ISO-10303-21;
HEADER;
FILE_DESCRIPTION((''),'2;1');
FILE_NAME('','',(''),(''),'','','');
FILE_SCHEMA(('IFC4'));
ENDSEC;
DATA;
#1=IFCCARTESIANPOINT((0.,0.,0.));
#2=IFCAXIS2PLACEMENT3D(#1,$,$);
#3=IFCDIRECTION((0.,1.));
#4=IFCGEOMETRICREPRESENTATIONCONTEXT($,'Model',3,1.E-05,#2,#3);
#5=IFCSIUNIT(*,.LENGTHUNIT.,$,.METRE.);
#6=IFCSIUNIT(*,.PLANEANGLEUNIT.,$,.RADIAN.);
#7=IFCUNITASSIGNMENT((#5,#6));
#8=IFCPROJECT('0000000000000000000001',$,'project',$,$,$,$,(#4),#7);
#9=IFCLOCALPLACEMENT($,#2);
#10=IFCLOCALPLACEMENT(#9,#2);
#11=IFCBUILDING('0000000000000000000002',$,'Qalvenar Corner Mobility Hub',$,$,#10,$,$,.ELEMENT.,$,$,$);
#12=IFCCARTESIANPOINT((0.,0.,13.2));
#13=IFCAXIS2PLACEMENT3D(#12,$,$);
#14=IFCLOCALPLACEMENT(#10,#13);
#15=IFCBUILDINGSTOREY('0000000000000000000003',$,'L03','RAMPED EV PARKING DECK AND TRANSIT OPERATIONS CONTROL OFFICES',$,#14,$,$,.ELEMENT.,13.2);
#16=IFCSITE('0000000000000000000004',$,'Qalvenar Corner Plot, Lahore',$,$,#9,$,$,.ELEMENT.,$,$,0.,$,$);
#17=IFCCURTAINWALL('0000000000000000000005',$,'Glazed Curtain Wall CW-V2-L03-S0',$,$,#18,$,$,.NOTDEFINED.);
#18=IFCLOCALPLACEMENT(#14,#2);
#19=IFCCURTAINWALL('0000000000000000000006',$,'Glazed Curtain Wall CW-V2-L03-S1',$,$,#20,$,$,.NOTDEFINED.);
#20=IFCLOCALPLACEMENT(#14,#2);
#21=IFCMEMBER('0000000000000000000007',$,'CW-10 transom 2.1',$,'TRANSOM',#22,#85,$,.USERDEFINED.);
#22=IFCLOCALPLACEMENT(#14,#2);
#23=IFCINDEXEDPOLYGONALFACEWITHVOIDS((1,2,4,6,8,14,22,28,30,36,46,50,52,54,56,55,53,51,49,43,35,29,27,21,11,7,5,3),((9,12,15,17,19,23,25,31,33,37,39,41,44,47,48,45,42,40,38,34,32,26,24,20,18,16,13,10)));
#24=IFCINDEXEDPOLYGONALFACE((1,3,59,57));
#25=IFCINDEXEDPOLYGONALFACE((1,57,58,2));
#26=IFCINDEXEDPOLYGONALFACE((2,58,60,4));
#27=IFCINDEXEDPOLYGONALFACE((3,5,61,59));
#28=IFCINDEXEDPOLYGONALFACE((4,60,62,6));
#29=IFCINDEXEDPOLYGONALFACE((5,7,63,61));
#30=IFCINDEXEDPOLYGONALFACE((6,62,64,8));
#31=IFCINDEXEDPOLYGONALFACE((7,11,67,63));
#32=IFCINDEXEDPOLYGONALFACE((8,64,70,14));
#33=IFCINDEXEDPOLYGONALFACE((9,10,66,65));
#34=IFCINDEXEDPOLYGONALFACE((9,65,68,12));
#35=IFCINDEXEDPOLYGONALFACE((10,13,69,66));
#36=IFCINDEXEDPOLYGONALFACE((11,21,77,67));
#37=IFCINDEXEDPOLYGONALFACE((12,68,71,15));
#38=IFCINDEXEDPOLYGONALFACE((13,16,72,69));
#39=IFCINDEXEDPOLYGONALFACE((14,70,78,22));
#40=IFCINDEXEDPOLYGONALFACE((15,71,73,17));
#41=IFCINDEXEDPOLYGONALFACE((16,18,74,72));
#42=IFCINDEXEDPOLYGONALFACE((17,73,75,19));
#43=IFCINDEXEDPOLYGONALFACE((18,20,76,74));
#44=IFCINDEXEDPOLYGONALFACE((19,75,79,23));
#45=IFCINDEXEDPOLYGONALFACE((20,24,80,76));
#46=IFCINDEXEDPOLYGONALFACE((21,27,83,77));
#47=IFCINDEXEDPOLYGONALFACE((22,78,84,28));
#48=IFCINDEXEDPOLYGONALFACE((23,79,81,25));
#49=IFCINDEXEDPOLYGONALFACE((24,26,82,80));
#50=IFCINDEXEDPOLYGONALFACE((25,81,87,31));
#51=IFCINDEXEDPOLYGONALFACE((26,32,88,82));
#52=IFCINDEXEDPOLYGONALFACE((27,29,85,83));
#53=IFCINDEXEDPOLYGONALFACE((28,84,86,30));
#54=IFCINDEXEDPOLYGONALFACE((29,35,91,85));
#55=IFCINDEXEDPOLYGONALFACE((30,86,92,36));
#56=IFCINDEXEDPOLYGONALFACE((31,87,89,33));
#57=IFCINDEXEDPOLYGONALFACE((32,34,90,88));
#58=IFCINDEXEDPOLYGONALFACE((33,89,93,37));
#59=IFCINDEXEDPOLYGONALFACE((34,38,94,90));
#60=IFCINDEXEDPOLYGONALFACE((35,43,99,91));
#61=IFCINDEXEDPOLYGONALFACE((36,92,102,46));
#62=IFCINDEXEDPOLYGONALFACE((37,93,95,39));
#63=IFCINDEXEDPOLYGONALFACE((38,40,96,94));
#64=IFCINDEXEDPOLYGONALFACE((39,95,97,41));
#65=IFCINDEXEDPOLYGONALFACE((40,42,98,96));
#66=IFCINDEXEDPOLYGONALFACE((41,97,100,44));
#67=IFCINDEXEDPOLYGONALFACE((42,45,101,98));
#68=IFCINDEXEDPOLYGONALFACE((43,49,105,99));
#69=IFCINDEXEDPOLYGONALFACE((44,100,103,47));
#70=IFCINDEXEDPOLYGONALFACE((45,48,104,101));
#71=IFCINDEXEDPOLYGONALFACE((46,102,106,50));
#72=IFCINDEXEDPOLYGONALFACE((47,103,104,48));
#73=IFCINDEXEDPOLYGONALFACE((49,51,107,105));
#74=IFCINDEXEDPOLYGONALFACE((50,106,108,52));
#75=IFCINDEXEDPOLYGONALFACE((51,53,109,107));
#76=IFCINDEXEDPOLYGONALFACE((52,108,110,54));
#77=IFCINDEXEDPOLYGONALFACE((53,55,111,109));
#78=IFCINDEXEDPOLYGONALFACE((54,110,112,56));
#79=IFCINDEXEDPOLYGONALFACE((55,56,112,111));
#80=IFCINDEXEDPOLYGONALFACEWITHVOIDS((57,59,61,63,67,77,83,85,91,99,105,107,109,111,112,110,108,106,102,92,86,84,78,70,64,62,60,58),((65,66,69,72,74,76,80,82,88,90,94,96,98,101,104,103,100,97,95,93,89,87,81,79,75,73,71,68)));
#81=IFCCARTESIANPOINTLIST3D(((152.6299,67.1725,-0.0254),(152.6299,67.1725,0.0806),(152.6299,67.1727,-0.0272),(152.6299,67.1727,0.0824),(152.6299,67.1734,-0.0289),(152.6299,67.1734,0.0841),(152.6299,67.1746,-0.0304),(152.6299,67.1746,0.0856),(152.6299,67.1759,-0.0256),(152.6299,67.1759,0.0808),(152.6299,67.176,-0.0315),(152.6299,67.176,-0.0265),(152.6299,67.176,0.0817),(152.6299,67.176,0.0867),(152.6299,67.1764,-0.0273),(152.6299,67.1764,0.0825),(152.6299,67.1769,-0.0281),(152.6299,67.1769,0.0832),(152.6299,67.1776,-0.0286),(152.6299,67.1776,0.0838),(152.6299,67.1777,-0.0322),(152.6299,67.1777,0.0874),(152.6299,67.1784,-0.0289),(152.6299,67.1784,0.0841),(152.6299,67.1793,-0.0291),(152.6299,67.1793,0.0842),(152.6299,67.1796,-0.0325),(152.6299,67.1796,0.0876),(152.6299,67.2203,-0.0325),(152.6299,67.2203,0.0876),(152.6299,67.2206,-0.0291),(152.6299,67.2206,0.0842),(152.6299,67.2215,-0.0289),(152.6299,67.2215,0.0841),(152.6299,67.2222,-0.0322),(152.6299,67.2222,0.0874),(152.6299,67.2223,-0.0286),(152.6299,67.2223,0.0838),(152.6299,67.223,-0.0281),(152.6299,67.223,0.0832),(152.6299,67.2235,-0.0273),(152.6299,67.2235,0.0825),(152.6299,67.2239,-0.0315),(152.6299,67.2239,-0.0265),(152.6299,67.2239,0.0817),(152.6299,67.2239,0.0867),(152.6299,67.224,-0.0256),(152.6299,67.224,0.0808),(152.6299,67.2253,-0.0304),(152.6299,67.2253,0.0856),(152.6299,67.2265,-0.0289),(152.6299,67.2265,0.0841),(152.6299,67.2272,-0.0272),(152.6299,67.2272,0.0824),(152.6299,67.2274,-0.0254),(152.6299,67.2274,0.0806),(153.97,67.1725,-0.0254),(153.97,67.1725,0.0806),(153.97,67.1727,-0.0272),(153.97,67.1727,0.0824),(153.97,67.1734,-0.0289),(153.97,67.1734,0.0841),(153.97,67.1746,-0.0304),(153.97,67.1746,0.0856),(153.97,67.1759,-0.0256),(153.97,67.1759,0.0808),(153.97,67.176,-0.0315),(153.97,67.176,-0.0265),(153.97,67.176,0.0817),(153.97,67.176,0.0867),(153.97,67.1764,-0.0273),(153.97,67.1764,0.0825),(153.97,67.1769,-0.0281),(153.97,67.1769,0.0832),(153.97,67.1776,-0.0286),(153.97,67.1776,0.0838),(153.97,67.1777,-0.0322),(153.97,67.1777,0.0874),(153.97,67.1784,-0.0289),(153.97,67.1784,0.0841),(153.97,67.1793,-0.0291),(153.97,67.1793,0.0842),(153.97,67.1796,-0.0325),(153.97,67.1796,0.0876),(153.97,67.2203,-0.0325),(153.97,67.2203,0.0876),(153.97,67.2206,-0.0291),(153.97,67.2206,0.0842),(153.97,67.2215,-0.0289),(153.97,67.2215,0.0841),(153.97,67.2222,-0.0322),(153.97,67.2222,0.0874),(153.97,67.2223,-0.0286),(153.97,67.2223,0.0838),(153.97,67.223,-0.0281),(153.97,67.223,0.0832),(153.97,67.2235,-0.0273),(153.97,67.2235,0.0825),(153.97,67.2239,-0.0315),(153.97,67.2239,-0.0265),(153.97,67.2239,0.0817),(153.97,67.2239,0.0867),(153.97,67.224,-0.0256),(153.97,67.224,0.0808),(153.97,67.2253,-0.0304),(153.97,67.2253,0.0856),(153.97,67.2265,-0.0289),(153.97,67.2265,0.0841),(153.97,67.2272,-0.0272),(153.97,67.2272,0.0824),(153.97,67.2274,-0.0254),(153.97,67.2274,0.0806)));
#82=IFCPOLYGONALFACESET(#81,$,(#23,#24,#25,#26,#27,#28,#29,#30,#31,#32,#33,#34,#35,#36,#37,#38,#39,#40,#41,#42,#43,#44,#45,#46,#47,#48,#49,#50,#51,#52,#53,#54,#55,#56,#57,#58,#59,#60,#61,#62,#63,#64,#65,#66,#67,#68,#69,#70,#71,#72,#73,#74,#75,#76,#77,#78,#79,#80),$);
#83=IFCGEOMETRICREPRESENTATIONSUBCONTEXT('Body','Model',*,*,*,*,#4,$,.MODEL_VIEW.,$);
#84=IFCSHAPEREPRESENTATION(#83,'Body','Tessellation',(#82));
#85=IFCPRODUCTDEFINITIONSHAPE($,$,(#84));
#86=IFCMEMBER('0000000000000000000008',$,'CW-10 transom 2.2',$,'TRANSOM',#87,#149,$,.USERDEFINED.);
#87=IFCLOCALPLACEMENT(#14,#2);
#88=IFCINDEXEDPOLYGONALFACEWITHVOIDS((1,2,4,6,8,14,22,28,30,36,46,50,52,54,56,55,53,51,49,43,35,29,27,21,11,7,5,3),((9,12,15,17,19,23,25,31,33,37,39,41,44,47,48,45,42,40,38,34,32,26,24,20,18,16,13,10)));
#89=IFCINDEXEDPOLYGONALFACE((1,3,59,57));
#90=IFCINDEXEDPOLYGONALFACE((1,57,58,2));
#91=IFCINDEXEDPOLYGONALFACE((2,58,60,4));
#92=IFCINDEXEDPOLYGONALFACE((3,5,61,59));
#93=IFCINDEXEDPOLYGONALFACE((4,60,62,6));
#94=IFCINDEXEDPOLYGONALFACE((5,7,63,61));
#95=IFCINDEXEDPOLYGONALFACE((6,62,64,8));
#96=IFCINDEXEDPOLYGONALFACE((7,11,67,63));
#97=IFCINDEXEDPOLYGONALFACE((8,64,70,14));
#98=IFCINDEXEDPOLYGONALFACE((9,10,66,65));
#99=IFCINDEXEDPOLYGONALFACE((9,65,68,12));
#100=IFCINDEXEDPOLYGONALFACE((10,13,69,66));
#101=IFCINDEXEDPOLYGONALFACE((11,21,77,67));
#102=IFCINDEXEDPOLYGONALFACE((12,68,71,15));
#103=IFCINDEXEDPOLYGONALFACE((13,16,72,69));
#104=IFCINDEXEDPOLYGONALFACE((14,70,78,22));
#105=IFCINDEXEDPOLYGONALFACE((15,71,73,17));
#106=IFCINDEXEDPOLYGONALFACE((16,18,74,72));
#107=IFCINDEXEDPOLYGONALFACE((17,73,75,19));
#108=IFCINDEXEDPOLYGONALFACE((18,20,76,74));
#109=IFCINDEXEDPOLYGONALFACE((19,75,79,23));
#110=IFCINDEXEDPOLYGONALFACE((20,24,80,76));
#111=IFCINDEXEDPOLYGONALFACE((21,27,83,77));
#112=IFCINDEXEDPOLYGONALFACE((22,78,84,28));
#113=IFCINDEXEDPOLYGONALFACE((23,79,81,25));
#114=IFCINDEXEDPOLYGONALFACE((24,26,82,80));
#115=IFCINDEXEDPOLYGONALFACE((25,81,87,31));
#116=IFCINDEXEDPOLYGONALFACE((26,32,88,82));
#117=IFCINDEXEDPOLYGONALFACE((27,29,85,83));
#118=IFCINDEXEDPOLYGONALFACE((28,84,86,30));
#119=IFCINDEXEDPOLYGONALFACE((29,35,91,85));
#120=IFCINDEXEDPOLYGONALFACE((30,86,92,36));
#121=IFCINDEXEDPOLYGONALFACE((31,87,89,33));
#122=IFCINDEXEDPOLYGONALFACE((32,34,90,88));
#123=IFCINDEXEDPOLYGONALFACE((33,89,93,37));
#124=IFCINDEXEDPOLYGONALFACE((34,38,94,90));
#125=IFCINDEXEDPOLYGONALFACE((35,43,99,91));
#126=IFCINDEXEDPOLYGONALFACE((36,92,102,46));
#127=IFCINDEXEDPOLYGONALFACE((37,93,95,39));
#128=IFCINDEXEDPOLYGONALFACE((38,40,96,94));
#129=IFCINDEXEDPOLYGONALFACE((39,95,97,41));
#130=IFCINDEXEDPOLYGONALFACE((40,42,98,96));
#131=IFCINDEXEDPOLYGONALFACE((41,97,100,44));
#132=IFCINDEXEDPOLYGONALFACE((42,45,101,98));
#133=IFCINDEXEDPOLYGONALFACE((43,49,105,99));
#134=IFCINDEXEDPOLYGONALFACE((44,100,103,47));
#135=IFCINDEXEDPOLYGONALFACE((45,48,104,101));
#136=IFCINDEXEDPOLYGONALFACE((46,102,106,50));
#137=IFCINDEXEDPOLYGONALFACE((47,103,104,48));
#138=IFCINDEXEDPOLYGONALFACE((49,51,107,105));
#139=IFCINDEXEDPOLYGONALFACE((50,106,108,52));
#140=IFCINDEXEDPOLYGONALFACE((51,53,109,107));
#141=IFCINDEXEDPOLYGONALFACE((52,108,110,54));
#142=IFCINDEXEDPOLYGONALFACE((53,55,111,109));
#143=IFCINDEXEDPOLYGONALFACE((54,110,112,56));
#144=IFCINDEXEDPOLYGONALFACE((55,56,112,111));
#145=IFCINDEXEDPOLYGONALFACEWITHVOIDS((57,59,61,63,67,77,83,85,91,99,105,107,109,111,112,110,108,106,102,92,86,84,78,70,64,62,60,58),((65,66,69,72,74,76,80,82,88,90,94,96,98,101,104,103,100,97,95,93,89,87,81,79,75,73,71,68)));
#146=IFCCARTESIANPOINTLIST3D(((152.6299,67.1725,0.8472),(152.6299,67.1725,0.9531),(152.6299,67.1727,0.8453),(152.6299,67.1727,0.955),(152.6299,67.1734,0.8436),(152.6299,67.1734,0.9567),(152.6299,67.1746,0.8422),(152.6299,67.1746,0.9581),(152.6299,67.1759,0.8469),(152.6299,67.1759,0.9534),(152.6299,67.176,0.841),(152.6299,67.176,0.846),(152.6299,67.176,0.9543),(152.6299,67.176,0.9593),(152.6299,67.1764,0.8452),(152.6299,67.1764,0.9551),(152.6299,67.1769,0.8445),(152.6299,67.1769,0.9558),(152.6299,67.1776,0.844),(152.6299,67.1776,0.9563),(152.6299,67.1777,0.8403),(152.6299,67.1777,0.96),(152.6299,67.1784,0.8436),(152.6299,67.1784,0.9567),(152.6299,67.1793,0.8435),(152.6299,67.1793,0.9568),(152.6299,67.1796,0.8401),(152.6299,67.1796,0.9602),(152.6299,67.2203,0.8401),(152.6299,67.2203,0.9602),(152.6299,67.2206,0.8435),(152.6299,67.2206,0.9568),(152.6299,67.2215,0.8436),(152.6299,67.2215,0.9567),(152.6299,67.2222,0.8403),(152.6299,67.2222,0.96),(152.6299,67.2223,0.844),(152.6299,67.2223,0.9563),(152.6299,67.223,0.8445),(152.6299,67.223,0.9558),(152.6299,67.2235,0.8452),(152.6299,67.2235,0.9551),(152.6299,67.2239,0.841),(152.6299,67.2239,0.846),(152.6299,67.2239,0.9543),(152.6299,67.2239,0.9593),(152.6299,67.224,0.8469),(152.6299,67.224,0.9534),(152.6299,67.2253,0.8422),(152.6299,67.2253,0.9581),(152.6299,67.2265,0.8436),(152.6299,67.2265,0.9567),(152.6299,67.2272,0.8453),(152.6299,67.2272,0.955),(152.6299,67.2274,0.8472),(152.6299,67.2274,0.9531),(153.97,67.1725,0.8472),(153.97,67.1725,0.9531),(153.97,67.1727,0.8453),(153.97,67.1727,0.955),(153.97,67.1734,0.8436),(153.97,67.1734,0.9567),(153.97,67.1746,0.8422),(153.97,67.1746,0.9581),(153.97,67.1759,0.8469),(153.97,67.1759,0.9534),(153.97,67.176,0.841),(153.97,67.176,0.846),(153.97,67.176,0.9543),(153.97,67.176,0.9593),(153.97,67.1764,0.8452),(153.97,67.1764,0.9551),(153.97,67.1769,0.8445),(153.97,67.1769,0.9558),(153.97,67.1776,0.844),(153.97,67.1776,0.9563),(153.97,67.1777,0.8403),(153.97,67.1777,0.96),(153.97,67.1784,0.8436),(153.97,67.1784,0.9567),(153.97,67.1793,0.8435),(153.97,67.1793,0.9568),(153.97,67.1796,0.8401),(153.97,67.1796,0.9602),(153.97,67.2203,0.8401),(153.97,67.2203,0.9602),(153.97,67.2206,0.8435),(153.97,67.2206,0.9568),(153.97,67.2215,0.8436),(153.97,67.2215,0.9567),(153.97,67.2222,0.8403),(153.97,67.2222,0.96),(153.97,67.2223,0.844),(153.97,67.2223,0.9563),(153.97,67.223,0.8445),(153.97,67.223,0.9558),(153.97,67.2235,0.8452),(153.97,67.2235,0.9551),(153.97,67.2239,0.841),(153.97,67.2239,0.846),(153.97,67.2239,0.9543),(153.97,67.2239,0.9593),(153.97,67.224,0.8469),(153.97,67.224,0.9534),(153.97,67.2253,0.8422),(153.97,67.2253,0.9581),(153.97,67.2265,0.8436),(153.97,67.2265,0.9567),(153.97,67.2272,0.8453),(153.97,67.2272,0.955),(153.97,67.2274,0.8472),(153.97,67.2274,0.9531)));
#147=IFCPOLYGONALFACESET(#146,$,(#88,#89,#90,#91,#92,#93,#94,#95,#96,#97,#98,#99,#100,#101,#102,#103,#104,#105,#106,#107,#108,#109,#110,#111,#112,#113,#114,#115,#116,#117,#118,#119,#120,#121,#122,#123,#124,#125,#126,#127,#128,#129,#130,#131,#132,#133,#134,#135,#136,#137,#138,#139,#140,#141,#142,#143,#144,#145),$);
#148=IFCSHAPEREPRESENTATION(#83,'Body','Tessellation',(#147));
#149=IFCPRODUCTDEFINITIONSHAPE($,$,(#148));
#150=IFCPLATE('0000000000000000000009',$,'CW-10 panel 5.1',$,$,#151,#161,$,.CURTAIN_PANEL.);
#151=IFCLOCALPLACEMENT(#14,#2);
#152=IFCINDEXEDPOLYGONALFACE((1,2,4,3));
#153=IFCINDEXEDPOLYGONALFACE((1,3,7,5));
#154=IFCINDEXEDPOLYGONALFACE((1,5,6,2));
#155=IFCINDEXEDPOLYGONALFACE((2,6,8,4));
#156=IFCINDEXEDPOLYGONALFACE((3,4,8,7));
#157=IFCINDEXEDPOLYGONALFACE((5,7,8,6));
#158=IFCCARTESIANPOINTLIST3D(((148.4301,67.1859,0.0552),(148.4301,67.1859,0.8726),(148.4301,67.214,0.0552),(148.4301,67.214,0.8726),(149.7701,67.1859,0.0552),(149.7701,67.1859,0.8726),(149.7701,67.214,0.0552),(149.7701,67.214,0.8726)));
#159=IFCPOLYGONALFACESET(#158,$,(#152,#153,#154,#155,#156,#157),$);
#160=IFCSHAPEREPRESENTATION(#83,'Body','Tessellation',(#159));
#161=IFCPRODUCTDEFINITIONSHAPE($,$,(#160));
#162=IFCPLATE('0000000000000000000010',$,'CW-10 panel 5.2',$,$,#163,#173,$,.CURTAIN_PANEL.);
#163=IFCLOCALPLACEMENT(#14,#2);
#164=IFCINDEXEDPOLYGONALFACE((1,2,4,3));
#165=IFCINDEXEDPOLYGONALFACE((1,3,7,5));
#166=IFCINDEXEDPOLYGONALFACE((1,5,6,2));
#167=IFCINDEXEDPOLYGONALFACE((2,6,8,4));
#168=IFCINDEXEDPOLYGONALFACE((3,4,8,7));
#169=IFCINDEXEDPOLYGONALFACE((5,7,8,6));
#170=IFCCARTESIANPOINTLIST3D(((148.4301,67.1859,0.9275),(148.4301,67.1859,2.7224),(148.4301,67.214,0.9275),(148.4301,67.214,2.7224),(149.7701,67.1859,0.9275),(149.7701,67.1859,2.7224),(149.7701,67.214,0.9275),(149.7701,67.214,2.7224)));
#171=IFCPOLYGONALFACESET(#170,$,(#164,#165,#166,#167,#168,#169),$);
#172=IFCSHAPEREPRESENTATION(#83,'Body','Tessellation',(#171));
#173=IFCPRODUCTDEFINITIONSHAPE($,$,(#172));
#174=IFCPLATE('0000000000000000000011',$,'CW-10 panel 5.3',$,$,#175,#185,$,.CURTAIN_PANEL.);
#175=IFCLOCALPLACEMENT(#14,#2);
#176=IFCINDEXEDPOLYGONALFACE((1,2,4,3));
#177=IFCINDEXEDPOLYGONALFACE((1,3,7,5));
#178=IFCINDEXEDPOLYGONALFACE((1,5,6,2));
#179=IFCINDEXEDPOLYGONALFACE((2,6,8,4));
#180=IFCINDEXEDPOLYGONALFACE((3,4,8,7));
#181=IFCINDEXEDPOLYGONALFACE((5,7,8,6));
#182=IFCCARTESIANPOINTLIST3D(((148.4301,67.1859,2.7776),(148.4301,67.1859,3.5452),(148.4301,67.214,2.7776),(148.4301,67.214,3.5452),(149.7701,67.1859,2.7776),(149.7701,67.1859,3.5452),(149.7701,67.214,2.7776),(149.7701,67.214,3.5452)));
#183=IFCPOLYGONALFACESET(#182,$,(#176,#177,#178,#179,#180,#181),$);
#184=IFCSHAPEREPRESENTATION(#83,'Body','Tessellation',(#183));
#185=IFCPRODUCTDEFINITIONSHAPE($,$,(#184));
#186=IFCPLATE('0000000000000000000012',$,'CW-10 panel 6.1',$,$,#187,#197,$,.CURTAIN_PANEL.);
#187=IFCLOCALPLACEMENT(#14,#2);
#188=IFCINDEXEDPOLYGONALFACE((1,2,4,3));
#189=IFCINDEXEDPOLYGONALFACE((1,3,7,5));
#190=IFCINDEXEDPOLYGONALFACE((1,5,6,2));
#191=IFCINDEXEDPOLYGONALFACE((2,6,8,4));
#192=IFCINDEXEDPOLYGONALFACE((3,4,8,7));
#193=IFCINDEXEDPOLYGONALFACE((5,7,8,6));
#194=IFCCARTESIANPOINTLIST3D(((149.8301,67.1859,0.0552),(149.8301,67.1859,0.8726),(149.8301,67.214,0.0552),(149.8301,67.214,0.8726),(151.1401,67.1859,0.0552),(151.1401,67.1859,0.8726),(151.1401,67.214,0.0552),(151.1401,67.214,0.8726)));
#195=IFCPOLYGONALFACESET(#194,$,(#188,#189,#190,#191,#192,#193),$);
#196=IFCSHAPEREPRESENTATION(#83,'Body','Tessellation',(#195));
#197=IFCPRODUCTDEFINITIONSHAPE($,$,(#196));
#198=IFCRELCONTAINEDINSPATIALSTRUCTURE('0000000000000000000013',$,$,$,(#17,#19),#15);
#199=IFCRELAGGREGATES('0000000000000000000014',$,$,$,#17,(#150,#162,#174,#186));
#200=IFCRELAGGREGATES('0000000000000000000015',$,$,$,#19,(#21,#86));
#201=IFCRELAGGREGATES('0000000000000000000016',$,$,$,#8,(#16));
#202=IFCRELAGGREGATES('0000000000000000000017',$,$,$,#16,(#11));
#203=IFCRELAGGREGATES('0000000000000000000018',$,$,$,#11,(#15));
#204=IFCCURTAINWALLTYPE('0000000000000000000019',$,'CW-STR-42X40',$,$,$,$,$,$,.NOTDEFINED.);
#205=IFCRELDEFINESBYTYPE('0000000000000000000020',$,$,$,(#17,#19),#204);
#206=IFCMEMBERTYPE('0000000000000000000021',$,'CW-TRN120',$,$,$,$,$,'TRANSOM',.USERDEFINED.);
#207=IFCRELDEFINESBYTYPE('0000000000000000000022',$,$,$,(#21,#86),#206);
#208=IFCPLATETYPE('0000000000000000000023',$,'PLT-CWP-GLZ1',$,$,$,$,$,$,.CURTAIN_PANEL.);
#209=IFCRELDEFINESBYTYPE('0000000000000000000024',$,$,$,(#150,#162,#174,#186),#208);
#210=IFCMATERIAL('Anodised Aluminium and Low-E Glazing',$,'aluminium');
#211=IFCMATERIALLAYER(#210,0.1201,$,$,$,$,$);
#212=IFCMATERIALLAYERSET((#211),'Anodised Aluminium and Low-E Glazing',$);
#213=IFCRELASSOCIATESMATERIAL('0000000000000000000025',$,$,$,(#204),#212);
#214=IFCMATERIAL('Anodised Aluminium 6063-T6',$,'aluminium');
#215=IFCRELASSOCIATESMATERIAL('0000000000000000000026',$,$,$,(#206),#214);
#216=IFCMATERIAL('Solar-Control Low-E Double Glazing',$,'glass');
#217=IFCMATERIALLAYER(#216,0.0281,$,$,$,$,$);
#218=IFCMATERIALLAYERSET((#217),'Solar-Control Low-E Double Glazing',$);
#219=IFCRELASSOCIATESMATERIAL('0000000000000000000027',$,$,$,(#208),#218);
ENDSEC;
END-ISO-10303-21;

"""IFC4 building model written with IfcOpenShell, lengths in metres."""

from ifc_helpers import new_model, si_unit, direction, frame, origin, origin_2d, place, context, subcontext, project, spatial, rectangle, hollow_rectangle, extrude, material, layer, layer_set, material_profile, profile_set, type_object, element, aggregate, save


model = new_model("IFC4")

# Units and contexts
model_context = context("Model", 3, precision=1e-05, world=origin(), true_north=direction((0.0, 1.0)))
body_context = subcontext(model_context, "Body", "Model", "MODEL_VIEW")
ifc_project = project(units=[si_unit("LENGTHUNIT", "METRE"), si_unit("PLANEANGLEUNIT", "RADIAN")], contexts=[model_context])

# Site, building, storey
site_placement = place(None, origin())
site = spatial("IfcSite", under=ifc_project, at=site_placement, Name="Qalvenar Corner Plot, Lahore", CompositionType="ELEMENT", RefElevation=0.0)
building_placement = place(site_placement, origin())
building = spatial("IfcBuilding", under=site, at=building_placement, Name="Qalvenar Corner Mobility Hub", CompositionType="ELEMENT")
storey_placement = place(building_placement, frame((0.0, 0.0, 13.2)))
storey = spatial("IfcBuildingStorey", under=building, at=storey_placement, Name="L03", Description="RAMPED EV PARKING DECK AND TRANSIT OPERATIONS CONTROL OFFICES", CompositionType="ELEMENT", Elevation=13.2)

# Curtain walls
ifc_material_1 = material(Name="Anodised Aluminium and Low-E Glazing", Category="aluminium")
ifc_layer_1 = layer(ifc_material_1, 0.1201)
ifc_layer_set_1 = layer_set([ifc_layer_1], Name="Anodised Aluminium and Low-E Glazing")
curtain_wall_type = type_object("IfcCurtainWallType", Name="CW-STR-42X40", PredefinedType="NOTDEFINED", material=ifc_layer_set_1)
curtain_wall_1_placement = place(storey_placement, origin())
curtain_wall_1 = element("IfcCurtainWall", 1, at=curtain_wall_1_placement, inside=storey, type_object=curtain_wall_type, Name="Glazed Curtain Wall CW-V2-L03-S0", PredefinedType="NOTDEFINED")
ifc_material_2 = material(Name="Anodised Aluminium 6063-T6", Category="aluminium")
curtain_wall_2_placement = place(storey_placement, origin())
curtain_wall_2 = element("IfcCurtainWall", 2, at=curtain_wall_2_placement, inside=storey, type_object=curtain_wall_type, Name="Glazed Curtain Wall CW-V2-L03-S1", PredefinedType="NOTDEFINED")

# Members
ifc_material_profile_1 = material_profile(ifc_material_2, hollow_rectangle(XDim=0.0549, YDim=0.1201, WallThickness=0.0034, InnerFilletRadius=0.0034, OuterFilletRadius=0.0071, at=origin_2d()), Name="RHS120x55x3.5")
ifc_profile_set_1 = profile_set([ifc_material_profile_1], Name="Anodised Aluminium 6063-T6")
member_type_1 = type_object("IfcMemberType", Name="CW-TRN120", ElementType="TRANSOM", PredefinedType="USERDEFINED", material=ifc_profile_set_1)
member_1_placement = place(storey_placement, frame((152.6299, 67.2, 0.0276), z_axis=(1.0, 0.0, 0.0), x_axis=(0.0, 1.0, 0.0)))
member_1 = element("IfcMember", 3, at=member_1_placement, type_object=member_type_1, Name="CW-10 transom 2.1", ObjectType="TRANSOM", PredefinedType="USERDEFINED", context=body_context, shape_type="SweptSolid", body=[
    extrude(hollow_rectangle(XDim=0.0549, YDim=0.1201, WallThickness=0.0034, InnerFilletRadius=0.0034, OuterFilletRadius=0.0071, at=origin_2d()), origin(), (0.0, 0.0, 1.0), 1.3401),
])
member_2_placement = place(storey_placement, frame((152.6299, 67.2, 0.9001), z_axis=(1.0, 0.0, 0.0), x_axis=(0.0, 1.0, 0.0)))
member_2 = element("IfcMember", 4, at=member_2_placement, type_object=member_type_1, Name="CW-10 transom 2.2", ObjectType="TRANSOM", PredefinedType="USERDEFINED", context=body_context, shape_type="SweptSolid", body=[
    extrude(hollow_rectangle(XDim=0.0549, YDim=0.1201, WallThickness=0.0034, InnerFilletRadius=0.0034, OuterFilletRadius=0.0071, at=origin_2d()), origin(), (0.0, 0.0, 1.0), 1.3401),
])

# Plates
ifc_material_3 = material(Name="Solar-Control Low-E Double Glazing", Category="glass")
ifc_layer_2 = layer(ifc_material_3, 0.0281)
ifc_layer_set_2 = layer_set([ifc_layer_2], Name="Solar-Control Low-E Double Glazing")
plate_type = type_object("IfcPlateType", Name="PLT-CWP-GLZ1", PredefinedType="CURTAIN_PANEL", material=ifc_layer_set_2)
plate_1_placement = place(storey_placement, frame((149.1001, 67.2, 0.0552), z_axis=(0.0, 0.0, 1.0), x_axis=(1.0, 0.0, 0.0)))
plate_1 = element("IfcPlate", 5, at=plate_1_placement, type_object=plate_type, Name="CW-10 panel 5.1", PredefinedType="CURTAIN_PANEL", context=body_context, shape_type="SweptSolid", body=[
    extrude(rectangle(XDim=1.3401, YDim=0.0281, at=origin_2d()), origin(), (0.0, 0.0, 1.0), 0.8174),
])
plate_2_placement = place(storey_placement, frame((149.1001, 67.2, 0.9275), z_axis=(0.0, 0.0, 1.0), x_axis=(1.0, 0.0, 0.0)))
plate_2 = element("IfcPlate", 6, at=plate_2_placement, type_object=plate_type, Name="CW-10 panel 5.2", PredefinedType="CURTAIN_PANEL", context=body_context, shape_type="SweptSolid", body=[
    extrude(rectangle(XDim=1.3401, YDim=0.0281, at=origin_2d()), origin(), (0.0, 0.0, 1.0), 1.7949),
])
plate_3_placement = place(storey_placement, frame((149.1001, 67.2, 2.7776), z_axis=(0.0, 0.0, 1.0), x_axis=(1.0, 0.0, 0.0)))
plate_3 = element("IfcPlate", 7, at=plate_3_placement, type_object=plate_type, Name="CW-10 panel 5.3", PredefinedType="CURTAIN_PANEL", context=body_context, shape_type="SweptSolid", body=[
    extrude(rectangle(XDim=1.3401, YDim=0.0281, at=origin_2d()), origin(), (0.0, 0.0, 1.0), 0.7676),
])
plate_4_placement = place(storey_placement, frame((150.4851, 67.2, 0.0552), z_axis=(0.0, 0.0, 1.0), x_axis=(1.0, 0.0, 0.0)))
plate_4 = element("IfcPlate", 8, at=plate_4_placement, type_object=plate_type, Name="CW-10 panel 6.1", PredefinedType="CURTAIN_PANEL", context=body_context, shape_type="SweptSolid", body=[
    extrude(rectangle(XDim=1.3101, YDim=0.0281, at=origin_2d()), origin(), (0.0, 0.0, 1.0), 0.8174),
])
aggregate(curtain_wall_1, [plate_1, plate_2, plate_3, plate_4])
aggregate(curtain_wall_2, [member_1, member_2])

save(model, "model.ifc")
